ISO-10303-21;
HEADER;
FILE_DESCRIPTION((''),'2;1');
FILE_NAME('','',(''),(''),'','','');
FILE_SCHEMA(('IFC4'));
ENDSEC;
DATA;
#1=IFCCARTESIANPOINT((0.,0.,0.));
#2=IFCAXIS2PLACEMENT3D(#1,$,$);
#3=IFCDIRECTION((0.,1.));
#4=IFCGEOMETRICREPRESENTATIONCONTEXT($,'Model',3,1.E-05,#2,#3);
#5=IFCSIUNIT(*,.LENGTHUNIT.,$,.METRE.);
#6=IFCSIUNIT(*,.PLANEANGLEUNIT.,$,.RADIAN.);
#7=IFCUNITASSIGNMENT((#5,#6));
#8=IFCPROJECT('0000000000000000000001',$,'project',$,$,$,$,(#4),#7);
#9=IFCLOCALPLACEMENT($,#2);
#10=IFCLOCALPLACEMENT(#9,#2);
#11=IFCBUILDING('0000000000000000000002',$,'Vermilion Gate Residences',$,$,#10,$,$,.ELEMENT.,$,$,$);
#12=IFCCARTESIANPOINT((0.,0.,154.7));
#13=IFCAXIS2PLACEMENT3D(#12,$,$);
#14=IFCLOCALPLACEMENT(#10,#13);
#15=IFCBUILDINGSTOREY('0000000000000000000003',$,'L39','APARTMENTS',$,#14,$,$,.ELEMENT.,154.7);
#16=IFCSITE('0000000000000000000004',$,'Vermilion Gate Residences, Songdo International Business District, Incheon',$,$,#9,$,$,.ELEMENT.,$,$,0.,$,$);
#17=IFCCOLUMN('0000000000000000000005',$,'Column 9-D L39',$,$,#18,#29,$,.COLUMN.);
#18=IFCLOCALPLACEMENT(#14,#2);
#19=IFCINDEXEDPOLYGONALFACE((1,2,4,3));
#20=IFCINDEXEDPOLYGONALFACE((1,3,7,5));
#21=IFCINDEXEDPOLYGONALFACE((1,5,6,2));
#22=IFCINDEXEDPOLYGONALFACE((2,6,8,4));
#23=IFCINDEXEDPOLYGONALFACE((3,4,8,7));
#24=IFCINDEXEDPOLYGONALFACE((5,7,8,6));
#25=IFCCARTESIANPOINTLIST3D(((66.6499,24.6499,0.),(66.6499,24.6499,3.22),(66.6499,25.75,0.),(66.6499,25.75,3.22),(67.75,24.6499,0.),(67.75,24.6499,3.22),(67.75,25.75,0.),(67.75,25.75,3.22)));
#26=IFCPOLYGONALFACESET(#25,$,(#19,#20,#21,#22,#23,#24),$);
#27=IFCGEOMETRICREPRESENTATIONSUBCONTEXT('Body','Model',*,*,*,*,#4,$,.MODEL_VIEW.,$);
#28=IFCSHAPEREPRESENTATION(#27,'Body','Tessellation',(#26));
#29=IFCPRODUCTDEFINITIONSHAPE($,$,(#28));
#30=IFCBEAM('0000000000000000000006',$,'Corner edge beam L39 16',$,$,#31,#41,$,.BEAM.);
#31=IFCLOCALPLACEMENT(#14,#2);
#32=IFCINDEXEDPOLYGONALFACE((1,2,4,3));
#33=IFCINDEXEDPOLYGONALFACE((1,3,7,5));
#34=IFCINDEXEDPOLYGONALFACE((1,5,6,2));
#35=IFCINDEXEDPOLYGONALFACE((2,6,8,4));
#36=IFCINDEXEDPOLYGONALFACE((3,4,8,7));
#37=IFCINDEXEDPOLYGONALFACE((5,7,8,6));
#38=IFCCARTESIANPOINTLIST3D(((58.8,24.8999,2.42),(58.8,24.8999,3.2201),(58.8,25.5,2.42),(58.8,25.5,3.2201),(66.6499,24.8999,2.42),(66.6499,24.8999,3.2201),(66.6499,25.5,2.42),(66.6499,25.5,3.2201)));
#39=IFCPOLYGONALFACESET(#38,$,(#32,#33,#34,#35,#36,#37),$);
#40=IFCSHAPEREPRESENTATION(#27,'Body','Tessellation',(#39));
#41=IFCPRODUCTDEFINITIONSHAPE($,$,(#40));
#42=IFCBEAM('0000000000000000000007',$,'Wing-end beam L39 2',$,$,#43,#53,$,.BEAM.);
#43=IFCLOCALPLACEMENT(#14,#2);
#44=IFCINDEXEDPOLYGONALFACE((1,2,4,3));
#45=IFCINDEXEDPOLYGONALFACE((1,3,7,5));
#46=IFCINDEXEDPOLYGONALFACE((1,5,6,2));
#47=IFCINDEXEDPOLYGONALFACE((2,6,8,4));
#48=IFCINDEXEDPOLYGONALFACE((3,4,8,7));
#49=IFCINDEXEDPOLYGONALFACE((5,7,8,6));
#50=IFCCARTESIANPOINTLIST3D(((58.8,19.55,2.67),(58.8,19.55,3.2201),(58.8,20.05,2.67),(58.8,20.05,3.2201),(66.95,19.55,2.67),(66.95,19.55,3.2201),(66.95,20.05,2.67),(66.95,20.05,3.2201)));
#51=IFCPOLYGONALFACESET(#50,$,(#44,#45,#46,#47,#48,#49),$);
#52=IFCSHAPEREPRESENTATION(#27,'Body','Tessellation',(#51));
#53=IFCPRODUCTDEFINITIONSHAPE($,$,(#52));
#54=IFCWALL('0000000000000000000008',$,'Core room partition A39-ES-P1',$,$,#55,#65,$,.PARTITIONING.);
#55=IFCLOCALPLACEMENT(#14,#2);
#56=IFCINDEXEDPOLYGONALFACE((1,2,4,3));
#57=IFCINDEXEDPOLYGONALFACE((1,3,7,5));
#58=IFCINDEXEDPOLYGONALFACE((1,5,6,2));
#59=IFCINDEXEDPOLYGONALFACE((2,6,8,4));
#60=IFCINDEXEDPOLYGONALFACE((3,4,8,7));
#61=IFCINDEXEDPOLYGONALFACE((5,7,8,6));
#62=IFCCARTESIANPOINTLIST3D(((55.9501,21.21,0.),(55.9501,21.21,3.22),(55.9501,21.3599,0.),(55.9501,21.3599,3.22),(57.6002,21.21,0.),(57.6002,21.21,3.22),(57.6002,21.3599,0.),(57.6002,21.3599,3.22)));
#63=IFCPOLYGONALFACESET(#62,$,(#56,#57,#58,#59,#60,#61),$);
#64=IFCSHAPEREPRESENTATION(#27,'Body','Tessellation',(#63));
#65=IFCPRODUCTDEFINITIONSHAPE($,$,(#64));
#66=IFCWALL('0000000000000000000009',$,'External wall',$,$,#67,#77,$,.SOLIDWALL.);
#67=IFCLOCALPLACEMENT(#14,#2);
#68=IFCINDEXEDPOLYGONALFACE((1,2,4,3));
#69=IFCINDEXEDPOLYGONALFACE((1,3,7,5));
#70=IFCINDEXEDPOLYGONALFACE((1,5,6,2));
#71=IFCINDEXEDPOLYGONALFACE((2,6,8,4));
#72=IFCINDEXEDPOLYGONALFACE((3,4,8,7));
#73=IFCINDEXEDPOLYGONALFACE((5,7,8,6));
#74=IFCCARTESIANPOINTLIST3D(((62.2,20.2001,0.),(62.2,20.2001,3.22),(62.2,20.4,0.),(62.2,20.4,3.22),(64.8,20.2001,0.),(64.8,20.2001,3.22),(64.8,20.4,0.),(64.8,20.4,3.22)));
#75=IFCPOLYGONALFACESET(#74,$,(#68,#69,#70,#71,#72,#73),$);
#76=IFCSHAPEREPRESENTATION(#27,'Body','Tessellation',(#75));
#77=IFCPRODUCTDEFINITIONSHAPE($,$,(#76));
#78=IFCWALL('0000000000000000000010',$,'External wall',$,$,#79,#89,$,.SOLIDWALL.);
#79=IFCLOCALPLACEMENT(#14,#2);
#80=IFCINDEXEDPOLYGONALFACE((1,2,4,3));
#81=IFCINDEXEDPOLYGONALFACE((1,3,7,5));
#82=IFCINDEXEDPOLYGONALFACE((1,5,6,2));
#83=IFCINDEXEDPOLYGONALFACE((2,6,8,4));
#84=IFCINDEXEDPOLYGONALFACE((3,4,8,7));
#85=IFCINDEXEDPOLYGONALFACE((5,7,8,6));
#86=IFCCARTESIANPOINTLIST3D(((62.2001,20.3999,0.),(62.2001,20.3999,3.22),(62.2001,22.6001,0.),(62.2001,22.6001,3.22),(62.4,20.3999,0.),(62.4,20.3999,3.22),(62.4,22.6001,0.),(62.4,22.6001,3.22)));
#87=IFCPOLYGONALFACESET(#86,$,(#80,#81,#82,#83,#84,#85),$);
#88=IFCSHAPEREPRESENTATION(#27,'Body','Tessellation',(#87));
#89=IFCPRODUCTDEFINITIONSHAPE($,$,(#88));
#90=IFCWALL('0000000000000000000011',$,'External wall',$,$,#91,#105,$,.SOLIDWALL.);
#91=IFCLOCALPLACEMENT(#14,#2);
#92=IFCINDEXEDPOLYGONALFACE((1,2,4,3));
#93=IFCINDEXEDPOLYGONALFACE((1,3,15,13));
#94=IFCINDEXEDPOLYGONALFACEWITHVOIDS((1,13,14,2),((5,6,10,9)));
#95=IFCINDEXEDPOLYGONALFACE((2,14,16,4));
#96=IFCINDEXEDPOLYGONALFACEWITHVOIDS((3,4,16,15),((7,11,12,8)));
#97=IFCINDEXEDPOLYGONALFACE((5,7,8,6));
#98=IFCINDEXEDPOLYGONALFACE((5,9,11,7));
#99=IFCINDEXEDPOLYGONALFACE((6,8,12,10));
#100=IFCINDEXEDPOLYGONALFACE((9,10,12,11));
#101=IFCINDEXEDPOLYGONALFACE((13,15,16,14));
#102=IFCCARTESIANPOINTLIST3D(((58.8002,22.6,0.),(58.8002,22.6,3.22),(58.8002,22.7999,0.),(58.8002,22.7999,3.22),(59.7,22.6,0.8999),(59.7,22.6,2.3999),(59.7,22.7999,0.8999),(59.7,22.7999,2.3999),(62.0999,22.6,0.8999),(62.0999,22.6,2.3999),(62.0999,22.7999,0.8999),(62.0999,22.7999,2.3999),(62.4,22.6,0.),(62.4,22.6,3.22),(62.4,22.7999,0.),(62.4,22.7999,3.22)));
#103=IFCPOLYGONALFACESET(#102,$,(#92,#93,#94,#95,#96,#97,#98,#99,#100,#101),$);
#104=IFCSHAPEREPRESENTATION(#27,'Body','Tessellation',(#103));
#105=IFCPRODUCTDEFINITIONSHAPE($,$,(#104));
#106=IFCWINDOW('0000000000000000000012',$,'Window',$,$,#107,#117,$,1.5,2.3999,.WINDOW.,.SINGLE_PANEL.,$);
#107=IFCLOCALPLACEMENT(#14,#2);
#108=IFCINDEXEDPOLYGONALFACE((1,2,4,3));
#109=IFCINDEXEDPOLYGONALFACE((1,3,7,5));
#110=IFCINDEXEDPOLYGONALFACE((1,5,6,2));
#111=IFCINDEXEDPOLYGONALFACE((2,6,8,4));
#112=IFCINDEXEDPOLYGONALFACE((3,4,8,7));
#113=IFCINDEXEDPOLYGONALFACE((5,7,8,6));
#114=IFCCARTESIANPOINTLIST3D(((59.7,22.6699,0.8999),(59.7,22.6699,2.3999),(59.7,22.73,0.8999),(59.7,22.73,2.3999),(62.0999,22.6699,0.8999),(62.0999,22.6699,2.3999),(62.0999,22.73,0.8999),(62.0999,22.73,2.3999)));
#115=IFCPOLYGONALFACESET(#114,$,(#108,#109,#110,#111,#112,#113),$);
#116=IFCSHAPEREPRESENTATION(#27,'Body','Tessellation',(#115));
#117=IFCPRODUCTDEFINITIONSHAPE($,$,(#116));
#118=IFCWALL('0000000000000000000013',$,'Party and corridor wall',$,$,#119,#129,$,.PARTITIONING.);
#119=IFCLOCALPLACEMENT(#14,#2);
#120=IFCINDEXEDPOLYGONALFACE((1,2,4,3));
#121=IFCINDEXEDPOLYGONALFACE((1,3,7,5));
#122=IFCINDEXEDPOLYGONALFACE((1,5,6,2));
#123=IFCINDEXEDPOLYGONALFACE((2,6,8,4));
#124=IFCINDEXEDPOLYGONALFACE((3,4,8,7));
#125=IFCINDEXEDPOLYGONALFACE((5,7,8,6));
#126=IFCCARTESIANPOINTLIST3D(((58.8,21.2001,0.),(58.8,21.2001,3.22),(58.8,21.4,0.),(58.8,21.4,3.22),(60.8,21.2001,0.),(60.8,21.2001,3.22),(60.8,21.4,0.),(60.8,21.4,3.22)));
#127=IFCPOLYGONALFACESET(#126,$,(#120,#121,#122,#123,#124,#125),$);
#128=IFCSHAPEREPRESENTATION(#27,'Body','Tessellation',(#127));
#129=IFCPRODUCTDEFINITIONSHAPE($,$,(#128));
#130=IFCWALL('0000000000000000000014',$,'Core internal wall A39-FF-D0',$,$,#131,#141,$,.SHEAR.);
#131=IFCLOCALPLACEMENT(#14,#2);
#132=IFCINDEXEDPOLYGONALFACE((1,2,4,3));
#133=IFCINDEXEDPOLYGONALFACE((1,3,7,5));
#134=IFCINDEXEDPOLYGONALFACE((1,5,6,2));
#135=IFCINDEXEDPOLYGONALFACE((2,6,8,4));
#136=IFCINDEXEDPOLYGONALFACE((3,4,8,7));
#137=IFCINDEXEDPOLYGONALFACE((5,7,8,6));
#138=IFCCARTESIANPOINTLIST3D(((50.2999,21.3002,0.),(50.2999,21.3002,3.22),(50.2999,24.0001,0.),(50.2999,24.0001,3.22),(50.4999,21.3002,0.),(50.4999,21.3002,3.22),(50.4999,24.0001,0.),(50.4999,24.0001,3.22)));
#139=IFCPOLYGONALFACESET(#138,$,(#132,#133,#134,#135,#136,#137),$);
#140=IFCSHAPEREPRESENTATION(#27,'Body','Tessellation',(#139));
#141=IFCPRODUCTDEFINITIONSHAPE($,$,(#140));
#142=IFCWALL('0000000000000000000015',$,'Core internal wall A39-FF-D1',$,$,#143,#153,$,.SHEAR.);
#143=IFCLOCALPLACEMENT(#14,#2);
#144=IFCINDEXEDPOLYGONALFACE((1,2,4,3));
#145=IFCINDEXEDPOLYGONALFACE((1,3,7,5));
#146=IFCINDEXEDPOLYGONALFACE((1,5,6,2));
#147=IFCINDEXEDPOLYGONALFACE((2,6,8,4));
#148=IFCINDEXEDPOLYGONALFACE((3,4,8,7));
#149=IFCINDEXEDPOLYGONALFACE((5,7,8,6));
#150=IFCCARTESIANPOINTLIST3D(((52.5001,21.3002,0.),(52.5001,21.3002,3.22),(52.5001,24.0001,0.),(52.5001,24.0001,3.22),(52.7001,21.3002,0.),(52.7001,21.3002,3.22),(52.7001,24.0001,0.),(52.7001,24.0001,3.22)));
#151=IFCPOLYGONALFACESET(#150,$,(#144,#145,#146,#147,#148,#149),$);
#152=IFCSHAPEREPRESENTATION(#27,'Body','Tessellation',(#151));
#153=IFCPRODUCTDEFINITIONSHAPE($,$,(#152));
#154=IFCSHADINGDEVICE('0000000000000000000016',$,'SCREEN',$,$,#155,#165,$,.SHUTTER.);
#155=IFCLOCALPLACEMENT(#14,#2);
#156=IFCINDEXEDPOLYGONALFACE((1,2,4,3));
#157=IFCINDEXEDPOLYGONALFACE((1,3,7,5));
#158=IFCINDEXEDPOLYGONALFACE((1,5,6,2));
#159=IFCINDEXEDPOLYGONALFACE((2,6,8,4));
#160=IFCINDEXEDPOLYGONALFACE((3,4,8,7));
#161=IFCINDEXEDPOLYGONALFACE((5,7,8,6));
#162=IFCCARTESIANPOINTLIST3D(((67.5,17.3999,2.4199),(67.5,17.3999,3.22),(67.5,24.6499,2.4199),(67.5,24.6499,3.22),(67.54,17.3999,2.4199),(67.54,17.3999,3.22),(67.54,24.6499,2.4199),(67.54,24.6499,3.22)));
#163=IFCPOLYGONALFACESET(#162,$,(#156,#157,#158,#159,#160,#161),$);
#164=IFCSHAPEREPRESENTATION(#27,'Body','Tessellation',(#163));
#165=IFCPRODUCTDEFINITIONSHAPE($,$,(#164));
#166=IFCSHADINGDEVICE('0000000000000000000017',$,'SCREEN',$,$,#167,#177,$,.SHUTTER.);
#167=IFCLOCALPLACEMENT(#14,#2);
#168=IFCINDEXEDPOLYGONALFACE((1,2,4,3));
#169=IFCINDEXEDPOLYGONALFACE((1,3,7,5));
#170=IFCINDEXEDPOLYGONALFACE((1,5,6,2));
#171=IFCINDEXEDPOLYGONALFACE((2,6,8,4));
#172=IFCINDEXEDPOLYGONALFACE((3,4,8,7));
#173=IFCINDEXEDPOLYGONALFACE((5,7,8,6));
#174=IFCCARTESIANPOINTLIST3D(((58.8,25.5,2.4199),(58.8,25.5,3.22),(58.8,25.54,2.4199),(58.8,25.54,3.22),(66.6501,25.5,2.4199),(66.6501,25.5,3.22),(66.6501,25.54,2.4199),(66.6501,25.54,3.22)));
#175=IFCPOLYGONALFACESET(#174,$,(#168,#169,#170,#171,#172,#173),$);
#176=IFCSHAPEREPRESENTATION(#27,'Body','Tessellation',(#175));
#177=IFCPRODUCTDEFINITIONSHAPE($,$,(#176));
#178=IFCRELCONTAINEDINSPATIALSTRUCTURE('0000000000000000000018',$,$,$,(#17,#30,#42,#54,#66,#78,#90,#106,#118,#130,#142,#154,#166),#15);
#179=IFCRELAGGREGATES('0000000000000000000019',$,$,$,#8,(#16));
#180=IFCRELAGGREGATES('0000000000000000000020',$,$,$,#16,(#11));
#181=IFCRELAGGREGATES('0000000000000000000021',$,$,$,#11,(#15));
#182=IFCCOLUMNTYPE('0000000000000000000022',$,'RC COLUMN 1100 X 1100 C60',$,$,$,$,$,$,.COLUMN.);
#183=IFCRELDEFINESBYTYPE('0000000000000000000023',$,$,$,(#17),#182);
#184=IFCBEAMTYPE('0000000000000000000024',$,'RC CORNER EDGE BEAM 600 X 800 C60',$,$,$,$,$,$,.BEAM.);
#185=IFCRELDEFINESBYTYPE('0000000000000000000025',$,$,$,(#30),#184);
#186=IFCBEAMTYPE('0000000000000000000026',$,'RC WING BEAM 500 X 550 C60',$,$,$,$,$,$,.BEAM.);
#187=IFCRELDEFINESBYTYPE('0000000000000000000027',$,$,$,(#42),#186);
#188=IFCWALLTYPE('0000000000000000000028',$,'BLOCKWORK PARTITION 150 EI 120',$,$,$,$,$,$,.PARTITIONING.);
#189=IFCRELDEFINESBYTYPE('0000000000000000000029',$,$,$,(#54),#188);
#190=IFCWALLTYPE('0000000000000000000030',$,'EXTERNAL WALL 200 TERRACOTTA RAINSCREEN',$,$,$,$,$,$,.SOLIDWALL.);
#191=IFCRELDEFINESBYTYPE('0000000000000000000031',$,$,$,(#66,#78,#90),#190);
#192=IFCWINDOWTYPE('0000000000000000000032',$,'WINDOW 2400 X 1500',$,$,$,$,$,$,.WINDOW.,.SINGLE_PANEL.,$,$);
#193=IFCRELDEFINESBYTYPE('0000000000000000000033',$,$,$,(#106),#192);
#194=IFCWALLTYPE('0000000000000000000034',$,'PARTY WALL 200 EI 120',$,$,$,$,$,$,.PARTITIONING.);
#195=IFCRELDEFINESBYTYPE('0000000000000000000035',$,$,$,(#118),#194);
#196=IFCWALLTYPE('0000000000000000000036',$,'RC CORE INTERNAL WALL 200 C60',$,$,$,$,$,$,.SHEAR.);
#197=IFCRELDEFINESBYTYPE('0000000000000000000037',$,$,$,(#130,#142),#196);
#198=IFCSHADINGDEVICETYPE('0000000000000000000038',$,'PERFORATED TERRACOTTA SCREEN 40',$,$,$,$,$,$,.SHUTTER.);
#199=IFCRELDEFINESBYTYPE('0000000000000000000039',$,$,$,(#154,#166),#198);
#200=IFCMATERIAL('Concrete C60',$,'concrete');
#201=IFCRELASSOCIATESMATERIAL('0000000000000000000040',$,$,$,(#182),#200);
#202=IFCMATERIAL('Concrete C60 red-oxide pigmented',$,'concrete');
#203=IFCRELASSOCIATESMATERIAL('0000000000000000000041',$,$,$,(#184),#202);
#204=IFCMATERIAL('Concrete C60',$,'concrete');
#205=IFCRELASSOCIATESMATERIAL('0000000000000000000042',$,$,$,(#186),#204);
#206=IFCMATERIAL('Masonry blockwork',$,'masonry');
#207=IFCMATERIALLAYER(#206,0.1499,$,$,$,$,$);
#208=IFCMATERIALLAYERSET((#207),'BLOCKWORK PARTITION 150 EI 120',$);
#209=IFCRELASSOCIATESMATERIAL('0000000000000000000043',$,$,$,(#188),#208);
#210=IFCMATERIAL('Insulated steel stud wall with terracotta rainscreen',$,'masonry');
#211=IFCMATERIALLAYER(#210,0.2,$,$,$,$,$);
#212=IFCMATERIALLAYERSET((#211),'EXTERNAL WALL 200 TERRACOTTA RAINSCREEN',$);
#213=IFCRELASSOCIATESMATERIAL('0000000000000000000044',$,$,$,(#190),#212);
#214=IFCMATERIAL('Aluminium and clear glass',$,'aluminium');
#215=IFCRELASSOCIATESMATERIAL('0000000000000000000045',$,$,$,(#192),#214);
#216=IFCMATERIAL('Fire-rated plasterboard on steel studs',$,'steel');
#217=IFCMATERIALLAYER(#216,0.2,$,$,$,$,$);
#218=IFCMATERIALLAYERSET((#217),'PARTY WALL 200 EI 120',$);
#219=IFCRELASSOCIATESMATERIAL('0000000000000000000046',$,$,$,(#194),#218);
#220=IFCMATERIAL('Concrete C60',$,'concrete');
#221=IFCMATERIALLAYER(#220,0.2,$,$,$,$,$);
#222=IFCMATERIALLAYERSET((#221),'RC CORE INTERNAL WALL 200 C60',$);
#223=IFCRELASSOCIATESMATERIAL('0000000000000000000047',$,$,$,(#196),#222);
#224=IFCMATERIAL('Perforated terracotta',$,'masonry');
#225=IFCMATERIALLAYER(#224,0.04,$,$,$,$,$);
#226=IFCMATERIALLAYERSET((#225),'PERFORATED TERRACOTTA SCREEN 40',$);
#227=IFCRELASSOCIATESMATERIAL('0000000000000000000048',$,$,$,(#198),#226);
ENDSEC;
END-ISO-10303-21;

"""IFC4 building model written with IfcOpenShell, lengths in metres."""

from ifc_helpers import new_model, si_unit, direction, frame, frame_2d, origin, origin_2d, place, context, subcontext, project, spatial, rectangle, extrude, material, layer, layer_set, material_profile, profile_set, type_object, element, fill, save


model = new_model("IFC4")

# Units and contexts
model_context = context("Model", 3, precision=1e-05, world=origin(), true_north=direction((0.0, 1.0)))
body_context = subcontext(model_context, "Body", "Model", "MODEL_VIEW")
ifc_project = project(units=[si_unit("LENGTHUNIT", "METRE"), si_unit("PLANEANGLEUNIT", "RADIAN")], contexts=[model_context])

# Site, building, storey
site_placement = place(None, origin())
site = spatial("IfcSite", under=ifc_project, at=site_placement, Name="Vermilion Gate Residences, Songdo International Business District, Incheon", CompositionType="ELEMENT", RefElevation=0.0)
building_placement = place(site_placement, origin())
building = spatial("IfcBuilding", under=site, at=building_placement, Name="Vermilion Gate Residences", CompositionType="ELEMENT")
storey_placement = place(building_placement, frame((0.0, 0.0, 154.7)))
storey = spatial("IfcBuildingStorey", under=building, at=storey_placement, Name="L39", Description="APARTMENTS", CompositionType="ELEMENT", Elevation=154.7)

# Column
ifc_material_1 = material(Name="Concrete C60", Category="concrete")
ifc_material_profile_1 = material_profile(ifc_material_1, rectangle(XDim=1.1001, YDim=1.1001, at=origin_2d()), Name="RC-1100x1100")
ifc_profile_set_1 = profile_set([ifc_material_profile_1], Name="Concrete C60")
column_type = type_object("IfcColumnType", Name="RC COLUMN 1100 X 1100 C60", PredefinedType="COLUMN", material=ifc_profile_set_1)
column_placement = place(storey_placement, frame((67.2, 25.2, 0.0), z_axis=(0.0, 0.0, 1.0), x_axis=(1.0, 0.0, 0.0)))
element("IfcColumn", 1, at=column_placement, inside=storey, type_object=column_type, Name="Column 9-D L39", PredefinedType="COLUMN", context=body_context, shape_type="SweptSolid", body=[
    extrude(rectangle(XDim=1.1001, YDim=1.1001, at=origin_2d()), origin(), (0.0, 0.0, 1.0), 3.22),
])

# Beams
ifc_material_2 = material(Name="Concrete C60 red-oxide pigmented", Category="concrete")
ifc_material_profile_2 = material_profile(ifc_material_2, rectangle(XDim=0.6001, YDim=0.8, at=origin_2d()), Name="RC-600x800")
ifc_profile_set_2 = profile_set([ifc_material_profile_2], Name="Concrete C60 red-oxide pigmented")
beam_type_1 = type_object("IfcBeamType", Name="RC CORNER EDGE BEAM 600 X 800 C60", PredefinedType="BEAM", material=ifc_profile_set_2)
beam_1_placement = place(storey_placement, frame((58.8, 25.2, 2.8201), z_axis=(1.0, 0.0, 0.0), x_axis=(0.0, 1.0, 0.0)))
element("IfcBeam", 2, at=beam_1_placement, inside=storey, type_object=beam_type_1, Name="Corner edge beam L39 16", PredefinedType="BEAM", context=body_context, shape_type="SweptSolid", body=[
    extrude(rectangle(XDim=0.6001, YDim=0.8, at=origin_2d()), origin(), (0.0, 0.0, 1.0), 7.8499),
])
ifc_material_3 = material(Name="Concrete C60", Category="concrete")
ifc_material_profile_3 = material_profile(ifc_material_3, rectangle(XDim=0.5, YDim=0.55, at=origin_2d()), Name="RC-500x550")
ifc_profile_set_3 = profile_set([ifc_material_profile_3], Name="Concrete C60")
beam_type_2 = type_object("IfcBeamType", Name="RC WING BEAM 500 X 550 C60", PredefinedType="BEAM", material=ifc_profile_set_3)
beam_2_placement = place(storey_placement, frame((58.8, 19.8, 2.9451), z_axis=(1.0, 0.0, 0.0), x_axis=(0.0, 1.0, 0.0)))
element("IfcBeam", 3, at=beam_2_placement, inside=storey, type_object=beam_type_2, Name="Wing-end beam L39 2", PredefinedType="BEAM", context=body_context, shape_type="SweptSolid", body=[
    extrude(rectangle(XDim=0.5, YDim=0.55, at=origin_2d()), origin(), (0.0, 0.0, 1.0), 8.1499),
])

# Walls
ifc_material_4 = material(Name="Masonry blockwork", Category="masonry")
ifc_layer_1 = layer(ifc_material_4, 0.1499)
ifc_layer_set_1 = layer_set([ifc_layer_1], Name="BLOCKWORK PARTITION 150 EI 120")
wall_type_1 = type_object("IfcWallType", Name="BLOCKWORK PARTITION 150 EI 120", PredefinedType="PARTITIONING", material=ifc_layer_set_1)
wall_1_placement = place(storey_placement, frame((55.95, 21.2849, 0.0), z_axis=(0.0, 0.0, 1.0), x_axis=(1.0, 0.0, 0.0)))
element("IfcWall", 4, at=wall_1_placement, inside=storey, type_object=wall_type_1, Name="Core room partition A39-ES-P1", PredefinedType="PARTITIONING", context=body_context, shape_type="SweptSolid", body=[
    extrude(rectangle(XDim=1.6501, YDim=0.1499, at=frame_2d((0.8252, 0.0))), origin(), (0.0, 0.0, 1.0), 3.22),
])
ifc_material_5 = material(Name="Insulated steel stud wall with terracotta rainscreen", Category="masonry")
ifc_layer_2 = layer(ifc_material_5, 0.2)
ifc_layer_set_2 = layer_set([ifc_layer_2], Name="EXTERNAL WALL 200 TERRACOTTA RAINSCREEN")
wall_type_2 = type_object("IfcWallType", Name="EXTERNAL WALL 200 TERRACOTTA RAINSCREEN", PredefinedType="SOLIDWALL", material=ifc_layer_set_2)
wall_2_placement = place(storey_placement, frame((64.8, 20.3, 0.0), z_axis=(0.0, 0.0, 1.0), x_axis=(-1.0, 0.0, 0.0)))
element("IfcWall", 5, at=wall_2_placement, inside=storey, type_object=wall_type_2, Name="External wall", PredefinedType="SOLIDWALL", context=body_context, shape_type="SweptSolid", body=[
    extrude(rectangle(XDim=2.6001, YDim=0.2, at=frame_2d((1.3, 0.0))), origin(), (0.0, 0.0, 1.0), 3.22),
])
wall_3_placement = place(storey_placement, frame((62.3, 20.3999, 0.0), z_axis=(0.0, 0.0, 1.0), x_axis=(0.0, 1.0, 0.0)))
element("IfcWall", 6, at=wall_3_placement, inside=storey, type_object=wall_type_2, Name="External wall", PredefinedType="SOLIDWALL", context=body_context, shape_type="SweptSolid", body=[
    extrude(rectangle(XDim=2.2002, YDim=0.2, at=frame_2d((1.1001, 0.0))), origin(), (0.0, 0.0, 1.0), 3.22),
])

# Wall, opening, window
wall_4_placement = place(storey_placement, frame((62.3999, 22.7, 0.0), z_axis=(0.0, 0.0, 1.0), x_axis=(-1.0, 0.0, 0.0)))
wall_4 = element("IfcWall", 7, at=wall_4_placement, inside=storey, type_object=wall_type_2, Name="External wall", PredefinedType="SOLIDWALL", context=body_context, shape_type="SweptSolid", body=[
    extrude(rectangle(XDim=3.5999, YDim=0.2, at=frame_2d((1.7998, 0.0))), origin(), (0.0, 0.0, 1.0), 3.22),
])
opening_placement = place(wall_4_placement, frame((0.3, 0.0, 0.8999)))
opening = element("IfcOpeningElement", 8, at=opening_placement, cuts=wall_4, PredefinedType="OPENING", context=body_context, shape_type="SweptSolid", body=[
    extrude(rectangle(XDim=2.3999, YDim=1.5, at=frame_2d((1.2, 0.75))), frame((0.0, 0.1099, 0.0), z_axis=(0.0, -1.0, 0.0), x_axis=(1.0, 0.0, 0.0)), (0.0, 0.0, 1.0), 0.22),
])
ifc_material_6 = material(Name="Aluminium and clear glass", Category="aluminium")
window_type = type_object("IfcWindowType", Name="WINDOW 2400 X 1500", PartitioningType="SINGLE_PANEL", PredefinedType="WINDOW", material=ifc_material_6)
window_placement = place(opening_placement, origin())
window = element("IfcWindow", 9, at=window_placement, inside=storey, type_object=window_type, Name="Window", OverallHeight=1.5, OverallWidth=2.3999, PartitioningType="SINGLE_PANEL", PredefinedType="WINDOW", context=body_context, shape_type="SweptSolid", body=[
    extrude(rectangle(XDim=2.3999, YDim=1.5, at=frame_2d((1.2, 0.75))), frame((0.0, 0.03, 0.0), z_axis=(0.0, -1.0, 0.0), x_axis=(1.0, 0.0, 0.0)), (0.0, 0.0, 1.0), 0.0601),
])
fill(opening, window)

# Walls
ifc_material_7 = material(Name="Fire-rated plasterboard on steel studs", Category="steel")
ifc_layer_3 = layer(ifc_material_7, 0.2)
ifc_layer_set_3 = layer_set([ifc_layer_3], Name="PARTY WALL 200 EI 120")
wall_type_3 = type_object("IfcWallType", Name="PARTY WALL 200 EI 120", PredefinedType="PARTITIONING", material=ifc_layer_set_3)
wall_5_placement = place(storey_placement, frame((58.8, 21.3, 0.0), z_axis=(0.0, 0.0, 1.0), x_axis=(1.0, 0.0, 0.0)))
element("IfcWall", 10, at=wall_5_placement, inside=storey, type_object=wall_type_3, Name="Party and corridor wall", PredefinedType="PARTITIONING", context=body_context, shape_type="SweptSolid", body=[
    extrude(rectangle(XDim=2.0, YDim=0.2, at=frame_2d((1.0, 0.0))), origin(), (0.0, 0.0, 1.0), 3.22),
])
ifc_material_8 = material(Name="Concrete C60", Category="concrete")
ifc_layer_4 = layer(ifc_material_8, 0.2)
ifc_layer_set_4 = layer_set([ifc_layer_4], Name="RC CORE INTERNAL WALL 200 C60")
wall_type_4 = type_object("IfcWallType", Name="RC CORE INTERNAL WALL 200 C60", PredefinedType="SHEAR", material=ifc_layer_set_4)
for number, where, z_axis, x_axis, name in (
    (11, (50.3999, 21.3, 0.0), (0.0, 0.0, 1.0), (0.0, 1.0, 0.0), "Core internal wall A39-FF-D0"),
    (12, (52.6001, 21.3, 0.0), (0.0, 0.0, 1.0), (0.0, 1.0, 0.0), "Core internal wall A39-FF-D1"),
):
    element("IfcWall", number, at=place(storey_placement, frame(where, z_axis=z_axis, x_axis=x_axis)), inside=storey, type_object=wall_type_4, Name=name, PredefinedType="SHEAR", context=body_context, shape_type="SweptSolid", body=[
        extrude(rectangle(XDim=2.7, YDim=0.2, at=frame_2d((1.3501, 0.0))), origin(), (0.0, 0.0, 1.0), 3.22),
    ])

# Shading devices
ifc_material_9 = material(Name="Perforated terracotta", Category="masonry")
ifc_layer_5 = layer(ifc_material_9, 0.04)
ifc_layer_set_5 = layer_set([ifc_layer_5], Name="PERFORATED TERRACOTTA SCREEN 40")
shading_device_type_1 = type_object("IfcShadingDeviceType", Name="PERFORATED TERRACOTTA SCREEN 40", PredefinedType="SHUTTER", material=ifc_layer_set_5)
shading_device_1_placement = place(storey_placement, frame((67.52, 21.0249, 2.4199), z_axis=(0.0, 0.0, 1.0), x_axis=(0.0, 1.0, 0.0)))
element("IfcShadingDevice", 13, at=shading_device_1_placement, inside=storey, type_object=shading_device_type_1, Name="SCREEN", PredefinedType="SHUTTER", context=body_context, shape_type="SweptSolid", body=[
    extrude(rectangle(XDim=7.25, YDim=0.04, at=origin_2d()), origin(), (0.0, 0.0, 1.0), 0.8),
])
shading_device_2_placement = place(storey_placement, frame((62.7251, 25.52, 2.4199), z_axis=(0.0, 0.0, 1.0), x_axis=(-1.0, 0.0, 0.0)))
element("IfcShadingDevice", 14, at=shading_device_2_placement, inside=storey, type_object=shading_device_type_1, Name="SCREEN", PredefinedType="SHUTTER", context=body_context, shape_type="SweptSolid", body=[
    extrude(rectangle(XDim=7.8501, YDim=0.04, at=origin_2d()), origin(), (0.0, 0.0, 1.0), 0.8),
])

save(model, "model.ifc")
